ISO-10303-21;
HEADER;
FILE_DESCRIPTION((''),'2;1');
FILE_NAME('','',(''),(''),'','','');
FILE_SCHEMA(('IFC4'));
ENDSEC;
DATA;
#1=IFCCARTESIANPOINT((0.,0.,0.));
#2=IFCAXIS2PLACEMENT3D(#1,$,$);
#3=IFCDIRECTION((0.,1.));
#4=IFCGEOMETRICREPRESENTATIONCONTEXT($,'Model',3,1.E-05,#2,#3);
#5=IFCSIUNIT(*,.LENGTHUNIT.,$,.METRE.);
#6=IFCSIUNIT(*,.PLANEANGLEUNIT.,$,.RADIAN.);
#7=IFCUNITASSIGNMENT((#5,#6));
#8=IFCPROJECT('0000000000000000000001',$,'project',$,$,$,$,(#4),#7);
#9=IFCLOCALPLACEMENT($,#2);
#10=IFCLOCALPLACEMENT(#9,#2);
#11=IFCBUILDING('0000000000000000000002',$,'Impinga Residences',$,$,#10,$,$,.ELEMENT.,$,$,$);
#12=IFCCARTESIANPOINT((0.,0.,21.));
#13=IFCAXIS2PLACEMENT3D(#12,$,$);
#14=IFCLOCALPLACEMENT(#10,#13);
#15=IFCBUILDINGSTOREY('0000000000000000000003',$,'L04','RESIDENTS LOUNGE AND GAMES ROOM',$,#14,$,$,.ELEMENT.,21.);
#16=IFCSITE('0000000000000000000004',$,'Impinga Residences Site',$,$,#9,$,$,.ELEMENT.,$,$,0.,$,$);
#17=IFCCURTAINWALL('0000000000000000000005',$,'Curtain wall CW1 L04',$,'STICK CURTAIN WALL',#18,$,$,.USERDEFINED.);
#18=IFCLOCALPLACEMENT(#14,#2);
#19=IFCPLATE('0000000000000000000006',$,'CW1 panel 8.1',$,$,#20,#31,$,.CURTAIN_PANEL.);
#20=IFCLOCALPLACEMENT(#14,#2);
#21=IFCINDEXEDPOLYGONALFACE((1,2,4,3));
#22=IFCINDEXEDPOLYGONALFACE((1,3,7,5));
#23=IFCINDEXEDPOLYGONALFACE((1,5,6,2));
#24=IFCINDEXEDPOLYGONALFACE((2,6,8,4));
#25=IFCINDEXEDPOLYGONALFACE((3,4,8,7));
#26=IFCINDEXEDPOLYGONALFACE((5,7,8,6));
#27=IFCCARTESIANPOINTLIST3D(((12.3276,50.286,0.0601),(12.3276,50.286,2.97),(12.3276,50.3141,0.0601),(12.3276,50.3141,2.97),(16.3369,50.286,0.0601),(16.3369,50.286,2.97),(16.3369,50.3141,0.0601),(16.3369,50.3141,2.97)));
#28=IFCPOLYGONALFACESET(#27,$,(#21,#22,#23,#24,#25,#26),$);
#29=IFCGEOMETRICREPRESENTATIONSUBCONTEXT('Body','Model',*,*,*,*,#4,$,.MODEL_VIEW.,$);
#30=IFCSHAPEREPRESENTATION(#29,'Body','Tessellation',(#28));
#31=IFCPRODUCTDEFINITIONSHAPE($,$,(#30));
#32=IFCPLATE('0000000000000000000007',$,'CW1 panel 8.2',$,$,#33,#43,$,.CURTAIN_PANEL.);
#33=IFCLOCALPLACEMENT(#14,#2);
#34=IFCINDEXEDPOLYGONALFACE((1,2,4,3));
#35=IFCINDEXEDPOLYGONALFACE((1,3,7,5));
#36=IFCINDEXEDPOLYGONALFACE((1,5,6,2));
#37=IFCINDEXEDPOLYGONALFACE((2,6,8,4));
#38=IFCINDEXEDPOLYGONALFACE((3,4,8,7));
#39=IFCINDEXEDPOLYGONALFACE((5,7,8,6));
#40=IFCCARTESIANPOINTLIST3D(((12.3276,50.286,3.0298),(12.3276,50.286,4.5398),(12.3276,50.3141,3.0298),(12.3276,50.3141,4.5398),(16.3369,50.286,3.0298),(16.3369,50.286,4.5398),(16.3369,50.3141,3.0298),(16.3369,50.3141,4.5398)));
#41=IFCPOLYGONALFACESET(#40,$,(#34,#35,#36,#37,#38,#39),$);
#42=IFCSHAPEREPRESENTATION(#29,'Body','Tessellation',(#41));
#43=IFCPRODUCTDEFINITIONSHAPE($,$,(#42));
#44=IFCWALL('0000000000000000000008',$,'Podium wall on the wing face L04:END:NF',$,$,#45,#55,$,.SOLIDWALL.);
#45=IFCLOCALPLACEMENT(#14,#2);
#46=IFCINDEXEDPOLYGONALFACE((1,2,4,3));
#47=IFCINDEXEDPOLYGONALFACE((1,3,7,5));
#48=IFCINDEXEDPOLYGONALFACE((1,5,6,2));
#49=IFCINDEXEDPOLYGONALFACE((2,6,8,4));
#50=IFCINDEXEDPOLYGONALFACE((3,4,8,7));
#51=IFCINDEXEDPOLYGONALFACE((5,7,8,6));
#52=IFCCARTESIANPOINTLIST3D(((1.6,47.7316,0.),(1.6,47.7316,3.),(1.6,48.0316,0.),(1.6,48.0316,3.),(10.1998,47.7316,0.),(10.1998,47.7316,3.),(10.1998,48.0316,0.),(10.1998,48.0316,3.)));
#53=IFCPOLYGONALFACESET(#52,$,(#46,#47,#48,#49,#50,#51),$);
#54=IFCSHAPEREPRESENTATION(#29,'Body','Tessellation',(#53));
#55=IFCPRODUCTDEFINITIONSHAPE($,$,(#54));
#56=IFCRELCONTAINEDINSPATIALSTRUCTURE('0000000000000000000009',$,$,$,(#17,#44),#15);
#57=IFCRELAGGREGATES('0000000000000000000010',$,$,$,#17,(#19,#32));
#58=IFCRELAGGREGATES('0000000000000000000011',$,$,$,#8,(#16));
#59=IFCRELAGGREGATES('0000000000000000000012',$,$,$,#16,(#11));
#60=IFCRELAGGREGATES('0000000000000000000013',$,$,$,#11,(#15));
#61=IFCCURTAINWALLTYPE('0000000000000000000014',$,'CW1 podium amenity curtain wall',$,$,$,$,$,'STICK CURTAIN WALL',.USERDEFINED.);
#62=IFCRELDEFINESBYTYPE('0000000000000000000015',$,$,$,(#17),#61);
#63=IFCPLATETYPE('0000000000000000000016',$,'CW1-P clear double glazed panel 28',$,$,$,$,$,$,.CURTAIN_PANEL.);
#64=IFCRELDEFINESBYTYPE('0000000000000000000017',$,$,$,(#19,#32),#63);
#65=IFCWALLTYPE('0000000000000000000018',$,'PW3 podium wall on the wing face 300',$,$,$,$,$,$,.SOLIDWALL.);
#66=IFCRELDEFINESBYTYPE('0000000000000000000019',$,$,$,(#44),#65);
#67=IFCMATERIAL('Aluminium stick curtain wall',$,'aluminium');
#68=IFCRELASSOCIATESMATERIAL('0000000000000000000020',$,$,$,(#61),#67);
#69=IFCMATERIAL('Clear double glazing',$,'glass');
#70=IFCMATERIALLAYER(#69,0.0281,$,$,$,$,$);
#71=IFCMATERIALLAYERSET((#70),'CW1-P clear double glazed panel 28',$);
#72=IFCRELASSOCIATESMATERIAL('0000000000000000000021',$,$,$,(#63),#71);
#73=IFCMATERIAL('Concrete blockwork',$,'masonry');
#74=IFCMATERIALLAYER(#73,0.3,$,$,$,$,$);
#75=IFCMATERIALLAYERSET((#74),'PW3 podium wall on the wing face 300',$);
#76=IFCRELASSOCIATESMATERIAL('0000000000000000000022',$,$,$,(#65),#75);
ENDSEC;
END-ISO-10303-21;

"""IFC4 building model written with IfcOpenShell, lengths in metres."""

from ifc_helpers import new_model, si_unit, direction, frame, frame_2d, origin, origin_2d, place, context, subcontext, project, spatial, rectangle, extrude, material, layer, layer_set, type_object, element, aggregate, save


model = new_model("IFC4")

# Units and contexts
model_context = context("Model", 3, precision=1e-05, world=origin(), true_north=direction((0.0, 1.0)))
body_context = subcontext(model_context, "Body", "Model", "MODEL_VIEW")
ifc_project = project(units=[si_unit("LENGTHUNIT", "METRE"), si_unit("PLANEANGLEUNIT", "RADIAN")], contexts=[model_context])

# Site, building, storey
site_placement = place(None, origin())
site = spatial("IfcSite", under=ifc_project, at=site_placement, Name="Impinga Residences Site", CompositionType="ELEMENT", RefElevation=0.0)
building_placement = place(site_placement, origin())
building = spatial("IfcBuilding", under=site, at=building_placement, Name="Impinga Residences", CompositionType="ELEMENT")
storey_placement = place(building_placement, frame((0.0, 0.0, 21.0)))
storey = spatial("IfcBuildingStorey", under=building, at=storey_placement, Name="L04", Description="RESIDENTS LOUNGE AND GAMES ROOM", CompositionType="ELEMENT", Elevation=21.0)

# Curtain wall
ifc_material_1 = material(Name="Aluminium stick curtain wall", Category="aluminium")
curtain_wall_type = type_object("IfcCurtainWallType", Name="CW1 podium amenity curtain wall", ElementType="STICK CURTAIN WALL", PredefinedType="USERDEFINED", material=ifc_material_1)
curtain_wall_placement = place(storey_placement, origin())
curtain_wall = element("IfcCurtainWall", 1, at=curtain_wall_placement, inside=storey, type_object=curtain_wall_type, Name="Curtain wall CW1 L04", ObjectType="STICK CURTAIN WALL", PredefinedType="USERDEFINED")

# Plates
ifc_material_2 = material(Name="Clear double glazing", Category="glass")
ifc_layer_1 = layer(ifc_material_2, 0.0281)
ifc_layer_set_1 = layer_set([ifc_layer_1], Name="CW1-P clear double glazed panel 28")
plate_type = type_object("IfcPlateType", Name="CW1-P clear double glazed panel 28", PredefinedType="CURTAIN_PANEL", material=ifc_layer_set_1)
plate_1_placement = place(storey_placement, frame((14.3323, 50.3, 0.0601), z_axis=(0.0, 0.0, 1.0), x_axis=(1.0, 0.0, 0.0)))
plate_1 = element("IfcPlate", 2, at=plate_1_placement, type_object=plate_type, Name="CW1 panel 8.1", PredefinedType="CURTAIN_PANEL", context=body_context, shape_type="SweptSolid", body=[
    extrude(rectangle(XDim=4.0093, YDim=0.0281, at=origin_2d()), origin(), (0.0, 0.0, 1.0), 2.9099),
])
plate_2_placement = place(storey_placement, frame((14.3323, 50.3, 3.0298), z_axis=(0.0, 0.0, 1.0), x_axis=(1.0, 0.0, 0.0)))
plate_2 = element("IfcPlate", 3, at=plate_2_placement, type_object=plate_type, Name="CW1 panel 8.2", PredefinedType="CURTAIN_PANEL", context=body_context, shape_type="SweptSolid", body=[
    extrude(rectangle(XDim=4.0093, YDim=0.0281, at=origin_2d()), origin(), (0.0, 0.0, 1.0), 1.51),
])
aggregate(curtain_wall, [plate_1, plate_2])

# Wall
ifc_material_3 = material(Name="Concrete blockwork", Category="masonry")
ifc_layer_2 = layer(ifc_material_3, 0.3)
ifc_layer_set_2 = layer_set([ifc_layer_2], Name="PW3 podium wall on the wing face 300")
wall_type = type_object("IfcWallType", Name="PW3 podium wall on the wing face 300", PredefinedType="SOLIDWALL", material=ifc_layer_set_2)
wall_placement = place(storey_placement, frame((1.6001, 47.8816, 0.0), z_axis=(0.0, 0.0, 1.0), x_axis=(1.0, 0.0, 0.0)))
element("IfcWall", 4, at=wall_placement, inside=storey, type_object=wall_type, Name="Podium wall on the wing face L04:END:NF", PredefinedType="SOLIDWALL", context=body_context, shape_type="SweptSolid", body=[
    extrude(rectangle(XDim=8.5999, YDim=0.3, at=frame_2d((4.2998, 0.0))), origin(), (0.0, 0.0, 1.0), 3.0),
])

save(model, "model.ifc")
